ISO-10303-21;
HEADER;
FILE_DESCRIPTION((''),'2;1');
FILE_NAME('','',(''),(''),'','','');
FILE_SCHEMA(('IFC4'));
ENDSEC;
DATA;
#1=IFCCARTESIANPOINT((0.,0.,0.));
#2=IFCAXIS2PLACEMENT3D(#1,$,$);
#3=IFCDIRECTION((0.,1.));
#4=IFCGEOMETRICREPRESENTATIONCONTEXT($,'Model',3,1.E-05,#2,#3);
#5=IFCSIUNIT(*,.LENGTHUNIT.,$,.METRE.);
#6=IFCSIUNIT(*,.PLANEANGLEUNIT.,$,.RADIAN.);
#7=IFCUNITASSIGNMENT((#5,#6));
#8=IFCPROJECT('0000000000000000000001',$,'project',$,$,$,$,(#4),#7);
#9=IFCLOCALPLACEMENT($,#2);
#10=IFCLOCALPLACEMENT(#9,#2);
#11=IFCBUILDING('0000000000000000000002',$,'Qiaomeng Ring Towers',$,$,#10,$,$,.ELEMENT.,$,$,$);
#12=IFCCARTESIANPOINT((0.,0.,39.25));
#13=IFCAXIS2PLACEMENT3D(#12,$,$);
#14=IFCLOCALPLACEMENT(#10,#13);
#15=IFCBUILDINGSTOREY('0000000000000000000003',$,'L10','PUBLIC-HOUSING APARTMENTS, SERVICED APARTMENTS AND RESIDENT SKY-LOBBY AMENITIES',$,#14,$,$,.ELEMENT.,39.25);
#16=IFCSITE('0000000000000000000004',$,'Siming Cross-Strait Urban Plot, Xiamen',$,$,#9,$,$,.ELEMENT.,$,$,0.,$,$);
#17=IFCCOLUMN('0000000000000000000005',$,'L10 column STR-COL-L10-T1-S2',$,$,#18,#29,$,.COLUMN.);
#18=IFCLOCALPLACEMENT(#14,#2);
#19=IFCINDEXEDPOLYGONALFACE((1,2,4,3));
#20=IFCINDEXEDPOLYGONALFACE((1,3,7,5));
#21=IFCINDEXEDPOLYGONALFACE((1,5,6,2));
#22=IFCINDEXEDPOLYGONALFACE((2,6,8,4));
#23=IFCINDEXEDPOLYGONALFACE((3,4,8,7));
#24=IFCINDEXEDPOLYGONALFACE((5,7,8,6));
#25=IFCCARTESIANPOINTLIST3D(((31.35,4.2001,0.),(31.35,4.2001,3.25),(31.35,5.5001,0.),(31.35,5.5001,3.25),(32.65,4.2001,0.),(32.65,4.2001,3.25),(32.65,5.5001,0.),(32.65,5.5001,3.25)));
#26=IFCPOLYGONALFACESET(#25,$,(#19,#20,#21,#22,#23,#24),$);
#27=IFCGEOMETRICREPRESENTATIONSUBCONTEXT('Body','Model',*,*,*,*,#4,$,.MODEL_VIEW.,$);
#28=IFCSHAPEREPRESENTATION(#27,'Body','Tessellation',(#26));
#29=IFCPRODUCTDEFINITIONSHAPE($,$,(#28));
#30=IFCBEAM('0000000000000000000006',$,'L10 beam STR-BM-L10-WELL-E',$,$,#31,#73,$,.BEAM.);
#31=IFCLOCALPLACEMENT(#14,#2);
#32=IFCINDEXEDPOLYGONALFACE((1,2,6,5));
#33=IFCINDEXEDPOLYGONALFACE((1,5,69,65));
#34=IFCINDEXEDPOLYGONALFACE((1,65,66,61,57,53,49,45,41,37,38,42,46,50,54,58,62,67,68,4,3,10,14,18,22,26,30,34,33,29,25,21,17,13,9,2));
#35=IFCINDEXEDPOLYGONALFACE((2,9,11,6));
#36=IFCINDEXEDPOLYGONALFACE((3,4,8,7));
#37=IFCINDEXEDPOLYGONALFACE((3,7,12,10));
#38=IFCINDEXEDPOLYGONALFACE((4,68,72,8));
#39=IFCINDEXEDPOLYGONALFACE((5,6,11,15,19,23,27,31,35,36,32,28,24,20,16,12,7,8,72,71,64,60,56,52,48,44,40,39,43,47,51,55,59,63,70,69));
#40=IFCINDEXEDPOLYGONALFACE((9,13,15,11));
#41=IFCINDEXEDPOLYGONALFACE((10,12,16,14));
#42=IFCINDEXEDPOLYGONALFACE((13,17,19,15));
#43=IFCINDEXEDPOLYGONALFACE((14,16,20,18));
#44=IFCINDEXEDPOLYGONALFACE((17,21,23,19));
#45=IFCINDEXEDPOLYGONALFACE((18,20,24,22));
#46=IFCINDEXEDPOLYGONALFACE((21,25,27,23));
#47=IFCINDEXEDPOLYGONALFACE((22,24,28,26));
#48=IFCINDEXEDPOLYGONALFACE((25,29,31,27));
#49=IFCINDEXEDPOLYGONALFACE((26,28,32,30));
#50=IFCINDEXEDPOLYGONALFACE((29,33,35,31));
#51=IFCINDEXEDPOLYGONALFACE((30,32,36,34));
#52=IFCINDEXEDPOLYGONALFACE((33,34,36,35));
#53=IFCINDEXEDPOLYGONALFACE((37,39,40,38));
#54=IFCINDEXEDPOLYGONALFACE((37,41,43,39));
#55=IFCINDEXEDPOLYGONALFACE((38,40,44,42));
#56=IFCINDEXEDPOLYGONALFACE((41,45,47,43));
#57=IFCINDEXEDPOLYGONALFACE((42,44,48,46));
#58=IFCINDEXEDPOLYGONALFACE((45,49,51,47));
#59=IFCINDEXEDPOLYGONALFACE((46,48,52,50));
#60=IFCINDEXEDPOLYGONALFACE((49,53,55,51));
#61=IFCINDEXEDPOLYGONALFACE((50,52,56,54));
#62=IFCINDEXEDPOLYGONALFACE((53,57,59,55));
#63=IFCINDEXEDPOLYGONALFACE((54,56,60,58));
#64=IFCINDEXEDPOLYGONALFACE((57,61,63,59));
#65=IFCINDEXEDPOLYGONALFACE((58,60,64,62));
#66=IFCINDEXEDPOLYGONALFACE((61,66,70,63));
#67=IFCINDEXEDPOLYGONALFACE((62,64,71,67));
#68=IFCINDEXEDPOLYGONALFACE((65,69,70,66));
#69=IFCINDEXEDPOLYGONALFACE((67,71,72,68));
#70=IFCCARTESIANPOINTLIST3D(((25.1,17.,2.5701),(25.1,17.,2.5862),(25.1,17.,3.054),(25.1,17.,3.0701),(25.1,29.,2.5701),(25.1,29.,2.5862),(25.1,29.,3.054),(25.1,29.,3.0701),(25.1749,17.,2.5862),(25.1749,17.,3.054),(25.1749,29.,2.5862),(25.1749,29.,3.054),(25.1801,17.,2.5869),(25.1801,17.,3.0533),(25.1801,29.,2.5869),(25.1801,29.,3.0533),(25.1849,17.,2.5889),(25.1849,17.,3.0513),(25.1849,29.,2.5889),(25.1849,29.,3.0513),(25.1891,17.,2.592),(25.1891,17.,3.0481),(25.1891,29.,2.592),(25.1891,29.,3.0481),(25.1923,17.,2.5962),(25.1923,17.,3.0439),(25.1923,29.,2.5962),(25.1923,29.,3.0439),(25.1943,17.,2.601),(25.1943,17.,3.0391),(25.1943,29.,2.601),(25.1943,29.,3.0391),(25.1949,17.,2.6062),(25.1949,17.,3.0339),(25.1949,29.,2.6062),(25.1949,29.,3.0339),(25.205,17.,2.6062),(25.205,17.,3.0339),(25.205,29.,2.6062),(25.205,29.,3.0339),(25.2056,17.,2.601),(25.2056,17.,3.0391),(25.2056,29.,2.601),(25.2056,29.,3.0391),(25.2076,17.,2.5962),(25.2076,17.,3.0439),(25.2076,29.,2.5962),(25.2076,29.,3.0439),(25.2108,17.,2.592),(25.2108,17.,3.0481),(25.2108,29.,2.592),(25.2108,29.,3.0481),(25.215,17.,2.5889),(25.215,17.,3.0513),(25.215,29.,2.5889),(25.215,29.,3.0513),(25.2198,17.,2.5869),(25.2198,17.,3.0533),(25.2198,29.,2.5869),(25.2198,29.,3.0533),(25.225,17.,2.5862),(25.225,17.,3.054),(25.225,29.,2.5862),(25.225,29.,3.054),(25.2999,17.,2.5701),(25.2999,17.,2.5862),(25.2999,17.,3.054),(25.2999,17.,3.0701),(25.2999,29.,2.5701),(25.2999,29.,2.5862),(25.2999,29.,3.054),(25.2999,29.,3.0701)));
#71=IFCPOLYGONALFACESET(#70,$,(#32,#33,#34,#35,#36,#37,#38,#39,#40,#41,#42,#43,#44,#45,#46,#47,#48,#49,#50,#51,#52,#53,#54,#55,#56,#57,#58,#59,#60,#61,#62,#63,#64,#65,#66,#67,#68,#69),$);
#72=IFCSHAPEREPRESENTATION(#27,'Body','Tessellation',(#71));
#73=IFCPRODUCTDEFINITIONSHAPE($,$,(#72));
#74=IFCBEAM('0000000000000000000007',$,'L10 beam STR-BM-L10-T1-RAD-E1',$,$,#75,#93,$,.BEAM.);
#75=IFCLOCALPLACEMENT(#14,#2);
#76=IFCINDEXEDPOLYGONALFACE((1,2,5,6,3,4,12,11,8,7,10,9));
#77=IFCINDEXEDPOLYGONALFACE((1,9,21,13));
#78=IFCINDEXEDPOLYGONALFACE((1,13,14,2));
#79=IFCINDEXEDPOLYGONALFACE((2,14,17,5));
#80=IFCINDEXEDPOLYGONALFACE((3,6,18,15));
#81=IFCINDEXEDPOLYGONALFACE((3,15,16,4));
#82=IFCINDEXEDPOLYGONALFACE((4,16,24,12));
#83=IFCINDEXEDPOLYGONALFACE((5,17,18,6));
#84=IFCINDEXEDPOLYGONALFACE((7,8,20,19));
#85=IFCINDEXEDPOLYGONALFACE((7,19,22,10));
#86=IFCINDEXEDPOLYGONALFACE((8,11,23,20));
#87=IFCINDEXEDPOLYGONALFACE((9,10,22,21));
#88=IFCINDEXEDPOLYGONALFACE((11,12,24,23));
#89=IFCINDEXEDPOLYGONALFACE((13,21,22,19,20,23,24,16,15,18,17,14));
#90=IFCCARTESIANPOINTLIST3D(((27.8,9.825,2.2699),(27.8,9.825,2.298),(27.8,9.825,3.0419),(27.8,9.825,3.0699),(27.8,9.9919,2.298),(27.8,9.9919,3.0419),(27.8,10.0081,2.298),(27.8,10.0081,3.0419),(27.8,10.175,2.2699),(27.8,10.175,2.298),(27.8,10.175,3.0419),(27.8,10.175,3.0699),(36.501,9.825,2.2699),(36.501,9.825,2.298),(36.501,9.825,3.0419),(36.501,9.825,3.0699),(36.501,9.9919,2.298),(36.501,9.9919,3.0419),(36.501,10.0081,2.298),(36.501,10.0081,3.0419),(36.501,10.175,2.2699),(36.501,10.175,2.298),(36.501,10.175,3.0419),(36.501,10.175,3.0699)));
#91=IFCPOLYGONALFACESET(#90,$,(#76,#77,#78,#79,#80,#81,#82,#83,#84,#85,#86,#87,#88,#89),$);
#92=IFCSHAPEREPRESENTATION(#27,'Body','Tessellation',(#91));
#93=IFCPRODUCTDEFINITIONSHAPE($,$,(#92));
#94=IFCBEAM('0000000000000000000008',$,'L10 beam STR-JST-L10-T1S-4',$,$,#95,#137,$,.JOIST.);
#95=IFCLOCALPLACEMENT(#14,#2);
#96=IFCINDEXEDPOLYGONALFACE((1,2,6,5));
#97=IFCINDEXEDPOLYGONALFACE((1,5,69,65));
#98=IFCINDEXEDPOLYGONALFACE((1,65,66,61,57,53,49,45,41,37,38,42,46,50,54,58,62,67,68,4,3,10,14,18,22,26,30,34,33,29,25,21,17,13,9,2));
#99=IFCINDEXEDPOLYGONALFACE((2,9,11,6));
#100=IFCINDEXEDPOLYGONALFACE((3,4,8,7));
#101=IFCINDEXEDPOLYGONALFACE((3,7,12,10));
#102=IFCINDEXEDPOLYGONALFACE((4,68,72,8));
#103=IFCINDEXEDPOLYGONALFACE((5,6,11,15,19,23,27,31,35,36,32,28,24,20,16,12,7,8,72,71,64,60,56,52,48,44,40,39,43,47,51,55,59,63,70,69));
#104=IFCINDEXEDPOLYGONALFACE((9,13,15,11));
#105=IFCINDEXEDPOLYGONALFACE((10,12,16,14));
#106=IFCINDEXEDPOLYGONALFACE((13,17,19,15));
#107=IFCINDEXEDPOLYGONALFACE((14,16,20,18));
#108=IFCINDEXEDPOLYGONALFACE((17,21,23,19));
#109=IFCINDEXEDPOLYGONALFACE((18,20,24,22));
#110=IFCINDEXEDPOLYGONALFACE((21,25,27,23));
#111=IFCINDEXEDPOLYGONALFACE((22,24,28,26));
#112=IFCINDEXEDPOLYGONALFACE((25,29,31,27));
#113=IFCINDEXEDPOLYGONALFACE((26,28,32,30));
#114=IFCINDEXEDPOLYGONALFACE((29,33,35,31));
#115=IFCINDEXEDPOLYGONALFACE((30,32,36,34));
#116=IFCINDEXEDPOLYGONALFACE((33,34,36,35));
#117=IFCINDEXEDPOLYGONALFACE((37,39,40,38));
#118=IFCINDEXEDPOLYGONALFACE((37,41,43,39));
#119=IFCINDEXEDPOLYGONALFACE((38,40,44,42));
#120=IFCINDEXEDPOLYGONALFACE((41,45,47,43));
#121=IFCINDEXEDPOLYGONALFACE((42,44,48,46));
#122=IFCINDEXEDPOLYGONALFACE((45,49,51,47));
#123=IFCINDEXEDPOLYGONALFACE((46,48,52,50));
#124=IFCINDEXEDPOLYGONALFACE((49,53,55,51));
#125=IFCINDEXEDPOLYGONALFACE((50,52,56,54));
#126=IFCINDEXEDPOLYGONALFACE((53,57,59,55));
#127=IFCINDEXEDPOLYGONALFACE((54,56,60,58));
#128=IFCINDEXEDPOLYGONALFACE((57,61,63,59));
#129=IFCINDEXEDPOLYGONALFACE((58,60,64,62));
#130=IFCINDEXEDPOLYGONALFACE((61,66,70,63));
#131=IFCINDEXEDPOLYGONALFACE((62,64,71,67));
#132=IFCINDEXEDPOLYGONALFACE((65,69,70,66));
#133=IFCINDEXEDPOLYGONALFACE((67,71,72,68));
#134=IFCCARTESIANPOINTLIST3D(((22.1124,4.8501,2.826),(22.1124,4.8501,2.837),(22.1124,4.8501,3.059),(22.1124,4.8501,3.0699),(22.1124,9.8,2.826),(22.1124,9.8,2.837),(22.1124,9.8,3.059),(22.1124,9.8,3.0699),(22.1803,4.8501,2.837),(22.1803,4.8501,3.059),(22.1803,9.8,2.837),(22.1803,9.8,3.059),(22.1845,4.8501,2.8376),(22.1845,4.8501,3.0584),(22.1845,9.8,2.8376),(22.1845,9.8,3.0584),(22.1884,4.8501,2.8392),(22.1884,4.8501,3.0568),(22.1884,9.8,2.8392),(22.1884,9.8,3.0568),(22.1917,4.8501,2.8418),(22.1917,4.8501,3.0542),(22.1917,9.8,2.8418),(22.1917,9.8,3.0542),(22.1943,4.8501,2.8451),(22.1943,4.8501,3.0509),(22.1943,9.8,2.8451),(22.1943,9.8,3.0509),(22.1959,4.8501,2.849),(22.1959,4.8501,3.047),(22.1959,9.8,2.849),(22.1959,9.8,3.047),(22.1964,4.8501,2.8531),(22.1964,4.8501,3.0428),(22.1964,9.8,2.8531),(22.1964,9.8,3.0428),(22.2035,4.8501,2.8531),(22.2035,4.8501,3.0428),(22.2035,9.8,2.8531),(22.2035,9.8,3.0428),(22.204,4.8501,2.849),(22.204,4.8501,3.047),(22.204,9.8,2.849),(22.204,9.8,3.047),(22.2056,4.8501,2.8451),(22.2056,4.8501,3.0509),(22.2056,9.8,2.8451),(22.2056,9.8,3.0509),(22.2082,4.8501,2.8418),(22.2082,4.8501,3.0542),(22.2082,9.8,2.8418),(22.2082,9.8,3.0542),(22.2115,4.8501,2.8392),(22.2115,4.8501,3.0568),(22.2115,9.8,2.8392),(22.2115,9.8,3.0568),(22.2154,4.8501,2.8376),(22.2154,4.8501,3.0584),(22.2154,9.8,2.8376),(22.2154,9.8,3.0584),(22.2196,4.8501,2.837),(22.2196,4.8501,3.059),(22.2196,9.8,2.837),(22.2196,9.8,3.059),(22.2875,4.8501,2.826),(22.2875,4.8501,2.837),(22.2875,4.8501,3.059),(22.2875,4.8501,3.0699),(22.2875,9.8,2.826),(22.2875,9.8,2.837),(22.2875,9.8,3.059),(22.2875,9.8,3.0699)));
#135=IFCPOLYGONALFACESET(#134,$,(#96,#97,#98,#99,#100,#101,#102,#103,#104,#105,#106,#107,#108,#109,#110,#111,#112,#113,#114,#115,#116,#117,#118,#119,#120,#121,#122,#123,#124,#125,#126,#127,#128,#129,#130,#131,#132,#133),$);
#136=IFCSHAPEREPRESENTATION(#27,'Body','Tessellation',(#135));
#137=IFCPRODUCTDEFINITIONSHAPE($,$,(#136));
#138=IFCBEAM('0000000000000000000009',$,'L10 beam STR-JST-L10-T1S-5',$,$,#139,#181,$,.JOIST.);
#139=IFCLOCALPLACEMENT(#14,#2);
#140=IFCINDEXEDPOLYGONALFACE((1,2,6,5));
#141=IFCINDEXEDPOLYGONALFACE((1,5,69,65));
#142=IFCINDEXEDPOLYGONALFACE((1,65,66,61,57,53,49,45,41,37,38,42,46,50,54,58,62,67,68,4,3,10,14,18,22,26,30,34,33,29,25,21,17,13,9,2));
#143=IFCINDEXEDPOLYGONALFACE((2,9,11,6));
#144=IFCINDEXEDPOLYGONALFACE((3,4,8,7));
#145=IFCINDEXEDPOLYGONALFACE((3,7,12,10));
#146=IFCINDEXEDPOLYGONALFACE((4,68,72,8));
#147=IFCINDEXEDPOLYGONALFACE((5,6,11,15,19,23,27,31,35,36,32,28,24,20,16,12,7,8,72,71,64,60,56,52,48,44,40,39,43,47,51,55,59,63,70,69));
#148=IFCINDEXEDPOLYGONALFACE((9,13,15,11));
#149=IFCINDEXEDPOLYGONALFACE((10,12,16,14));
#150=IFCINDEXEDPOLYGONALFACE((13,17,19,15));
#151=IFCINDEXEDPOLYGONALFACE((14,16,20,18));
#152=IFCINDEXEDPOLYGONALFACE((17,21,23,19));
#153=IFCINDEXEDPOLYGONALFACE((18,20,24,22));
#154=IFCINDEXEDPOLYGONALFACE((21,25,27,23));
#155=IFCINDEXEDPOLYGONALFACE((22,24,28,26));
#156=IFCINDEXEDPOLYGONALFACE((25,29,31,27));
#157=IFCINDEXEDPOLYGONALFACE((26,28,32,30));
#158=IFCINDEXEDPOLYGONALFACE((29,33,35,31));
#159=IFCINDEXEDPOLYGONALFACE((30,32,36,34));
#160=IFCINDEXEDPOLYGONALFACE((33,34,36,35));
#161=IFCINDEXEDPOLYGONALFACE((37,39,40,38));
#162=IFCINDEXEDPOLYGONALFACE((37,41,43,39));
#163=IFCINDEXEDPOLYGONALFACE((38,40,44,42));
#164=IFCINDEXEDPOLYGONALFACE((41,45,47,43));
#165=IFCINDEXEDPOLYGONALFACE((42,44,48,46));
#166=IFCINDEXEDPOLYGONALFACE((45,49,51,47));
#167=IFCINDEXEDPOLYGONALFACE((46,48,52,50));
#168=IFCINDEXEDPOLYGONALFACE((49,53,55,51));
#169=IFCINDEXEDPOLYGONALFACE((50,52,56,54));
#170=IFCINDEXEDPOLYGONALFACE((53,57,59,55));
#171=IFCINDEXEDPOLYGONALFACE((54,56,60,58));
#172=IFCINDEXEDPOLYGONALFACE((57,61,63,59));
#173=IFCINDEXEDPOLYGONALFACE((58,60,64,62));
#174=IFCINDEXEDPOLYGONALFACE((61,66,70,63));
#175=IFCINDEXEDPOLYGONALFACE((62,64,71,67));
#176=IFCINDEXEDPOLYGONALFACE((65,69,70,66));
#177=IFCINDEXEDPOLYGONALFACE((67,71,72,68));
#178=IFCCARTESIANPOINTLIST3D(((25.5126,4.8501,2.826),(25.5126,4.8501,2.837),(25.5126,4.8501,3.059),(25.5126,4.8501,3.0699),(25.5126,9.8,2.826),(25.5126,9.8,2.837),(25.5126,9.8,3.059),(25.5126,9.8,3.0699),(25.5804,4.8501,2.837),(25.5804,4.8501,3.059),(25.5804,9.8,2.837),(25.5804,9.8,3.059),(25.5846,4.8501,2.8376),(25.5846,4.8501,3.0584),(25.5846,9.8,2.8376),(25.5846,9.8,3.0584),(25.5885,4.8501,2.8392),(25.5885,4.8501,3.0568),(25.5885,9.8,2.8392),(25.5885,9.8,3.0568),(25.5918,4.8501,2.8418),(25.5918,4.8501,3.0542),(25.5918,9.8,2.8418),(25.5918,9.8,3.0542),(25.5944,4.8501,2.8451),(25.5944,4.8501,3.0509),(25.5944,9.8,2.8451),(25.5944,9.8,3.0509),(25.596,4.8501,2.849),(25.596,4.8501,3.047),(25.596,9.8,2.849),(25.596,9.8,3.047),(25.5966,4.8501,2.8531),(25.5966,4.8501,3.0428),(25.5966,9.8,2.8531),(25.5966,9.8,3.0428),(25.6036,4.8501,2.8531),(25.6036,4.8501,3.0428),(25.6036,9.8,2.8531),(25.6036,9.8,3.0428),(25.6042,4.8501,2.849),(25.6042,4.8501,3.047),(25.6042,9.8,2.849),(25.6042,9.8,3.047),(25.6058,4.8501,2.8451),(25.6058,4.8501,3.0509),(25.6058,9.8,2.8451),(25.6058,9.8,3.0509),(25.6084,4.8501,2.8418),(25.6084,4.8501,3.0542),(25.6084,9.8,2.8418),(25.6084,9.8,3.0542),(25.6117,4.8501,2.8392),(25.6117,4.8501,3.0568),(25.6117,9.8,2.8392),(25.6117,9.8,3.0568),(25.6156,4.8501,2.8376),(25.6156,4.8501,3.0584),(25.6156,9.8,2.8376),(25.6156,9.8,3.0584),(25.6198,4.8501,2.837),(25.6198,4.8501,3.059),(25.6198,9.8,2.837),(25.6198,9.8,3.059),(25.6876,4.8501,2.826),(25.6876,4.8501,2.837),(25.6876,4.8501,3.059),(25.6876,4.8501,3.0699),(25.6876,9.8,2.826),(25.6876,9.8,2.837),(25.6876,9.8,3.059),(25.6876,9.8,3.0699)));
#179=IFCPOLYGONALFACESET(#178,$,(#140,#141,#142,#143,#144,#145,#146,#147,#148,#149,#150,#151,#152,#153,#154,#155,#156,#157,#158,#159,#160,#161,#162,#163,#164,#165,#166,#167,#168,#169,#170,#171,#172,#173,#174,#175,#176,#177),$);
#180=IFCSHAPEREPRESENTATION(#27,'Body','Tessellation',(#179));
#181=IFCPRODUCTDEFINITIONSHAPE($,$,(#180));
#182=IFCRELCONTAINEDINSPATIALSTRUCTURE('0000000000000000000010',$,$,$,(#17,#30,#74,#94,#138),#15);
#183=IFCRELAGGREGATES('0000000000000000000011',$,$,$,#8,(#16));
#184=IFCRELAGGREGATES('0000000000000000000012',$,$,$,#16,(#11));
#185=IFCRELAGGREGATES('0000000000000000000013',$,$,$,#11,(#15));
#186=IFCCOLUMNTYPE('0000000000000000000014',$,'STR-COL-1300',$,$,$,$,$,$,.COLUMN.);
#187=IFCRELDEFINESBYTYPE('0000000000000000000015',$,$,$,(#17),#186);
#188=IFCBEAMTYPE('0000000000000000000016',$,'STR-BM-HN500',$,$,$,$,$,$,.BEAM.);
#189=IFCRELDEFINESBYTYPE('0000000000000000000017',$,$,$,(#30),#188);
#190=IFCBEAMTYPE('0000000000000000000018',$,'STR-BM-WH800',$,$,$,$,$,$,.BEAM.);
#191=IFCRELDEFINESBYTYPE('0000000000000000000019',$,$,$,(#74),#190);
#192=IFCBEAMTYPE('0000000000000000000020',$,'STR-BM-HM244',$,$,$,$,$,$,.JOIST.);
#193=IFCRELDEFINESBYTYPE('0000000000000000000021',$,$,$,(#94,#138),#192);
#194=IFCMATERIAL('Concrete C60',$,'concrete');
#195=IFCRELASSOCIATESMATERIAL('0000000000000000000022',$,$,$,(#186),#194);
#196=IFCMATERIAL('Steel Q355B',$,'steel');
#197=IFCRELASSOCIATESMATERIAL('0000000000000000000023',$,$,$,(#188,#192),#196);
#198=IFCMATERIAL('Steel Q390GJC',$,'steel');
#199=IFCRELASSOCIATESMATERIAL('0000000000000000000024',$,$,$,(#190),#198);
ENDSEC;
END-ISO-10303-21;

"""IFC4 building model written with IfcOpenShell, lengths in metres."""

from ifc_helpers import new_model, si_unit, direction, frame, origin, origin_2d, place, context, subcontext, project, spatial, rectangle, i_section, extrude, source, transform, mapped, material, material_profile, profile_set, type_object, element, save


model = new_model("IFC4")

# Units and contexts
model_context = context("Model", 3, precision=1e-05, world=origin(), true_north=direction((0.0, 1.0)))
body_context = subcontext(model_context, "Body", "Model", "MODEL_VIEW")
ifc_project = project(units=[si_unit("LENGTHUNIT", "METRE"), si_unit("PLANEANGLEUNIT", "RADIAN")], contexts=[model_context])

# Site, building, storey
site_placement = place(None, origin())
site = spatial("IfcSite", under=ifc_project, at=site_placement, Name="Siming Cross-Strait Urban Plot, Xiamen", CompositionType="ELEMENT", RefElevation=0.0)
building_placement = place(site_placement, origin())
building = spatial("IfcBuilding", under=site, at=building_placement, Name="Qiaomeng Ring Towers", CompositionType="ELEMENT")
storey_placement = place(building_placement, frame((0.0, 0.0, 39.25)))
storey = spatial("IfcBuildingStorey", under=building, at=storey_placement, Name="L10", Description="PUBLIC-HOUSING APARTMENTS, SERVICED APARTMENTS AND RESIDENT SKY-LOBBY AMENITIES", CompositionType="ELEMENT", Elevation=39.25)

# Column
ifc_material_1 = material(Name="Concrete C60", Category="concrete")
ifc_material_profile_1 = material_profile(ifc_material_1, rectangle(XDim=1.3, YDim=1.3, at=origin_2d()), Name="RC COL 1300x1300")
ifc_profile_set_1 = profile_set([ifc_material_profile_1], Name="Concrete C60")
column_type = type_object("IfcColumnType", Name="STR-COL-1300", PredefinedType="COLUMN", material=ifc_profile_set_1)
shared_shape_1 = source(origin(), body_context, "Body", "SweptSolid", [
    extrude(rectangle(XDim=1.3, YDim=1.3, at=origin_2d()), origin(), (0.0, 0.0, 1.0), 3.25),
])
column_placement = place(storey_placement, frame((32.0, 4.8501, 0.0), z_axis=(0.0, 0.0, 1.0), x_axis=(1.0, 0.0, 0.0)))
element("IfcColumn", 1, at=column_placement, inside=storey, type_object=column_type, Name="L10 column STR-COL-L10-T1-S2", PredefinedType="COLUMN", context=body_context, shape_type="MappedRepresentation", body=[
    mapped(shared_shape_1, transform((0.0, 0.0, 0.0), x_axis=(1.0, 0.0, 0.0), y_axis=(0.0, 1.0, 0.0), z_axis=(0.0, 0.0, 1.0), scale=1.0)),
])

# Beams
ifc_material_2 = material(Name="Steel Q355B", Category="steel")
ifc_material_profile_2 = material_profile(ifc_material_2, i_section(OverallWidth=0.2, OverallDepth=0.5, WebThickness=0.01, FlangeThickness=0.0161, FilletRadius=0.02, at=origin_2d()), Name="HN 500x200x10x16")
ifc_profile_set_2 = profile_set([ifc_material_profile_2], Name="Steel Q355B")
beam_type_1 = type_object("IfcBeamType", Name="STR-BM-HN500", PredefinedType="BEAM", material=ifc_profile_set_2)
shared_shape_2 = source(origin(), body_context, "Body", "SweptSolid", [
    extrude(i_section(OverallWidth=0.2, OverallDepth=0.5, WebThickness=0.01, FlangeThickness=0.0161, FilletRadius=0.02, at=origin_2d()), origin(), (0.0, 0.0, 1.0), 12.0),
])
beam_1_placement = place(storey_placement, frame((25.2, 17.0, 2.8201), z_axis=(0.0, 1.0, 0.0), x_axis=(-1.0, 0.0, 0.0)))
element("IfcBeam", 2, at=beam_1_placement, inside=storey, type_object=beam_type_1, Name="L10 beam STR-BM-L10-WELL-E", PredefinedType="BEAM", context=body_context, shape_type="MappedRepresentation", body=[
    mapped(shared_shape_2, transform((0.0, 0.0, 0.0), x_axis=(1.0, 0.0, 0.0), y_axis=(0.0, 1.0, 0.0), z_axis=(0.0, 0.0, 1.0), scale=1.0)),
])
ifc_material_3 = material(Name="Steel Q390GJC", Category="steel")
ifc_material_profile_3 = material_profile(ifc_material_3, i_section(OverallWidth=0.3501, OverallDepth=0.8, WebThickness=0.0161, FlangeThickness=0.0281, at=origin_2d()), Name="WH 800x350x16x28")
ifc_profile_set_3 = profile_set([ifc_material_profile_3], Name="Steel Q390GJC")
beam_type_2 = type_object("IfcBeamType", Name="STR-BM-WH800", PredefinedType="BEAM", material=ifc_profile_set_3)
shared_shape_3 = source(origin(), body_context, "Body", "SweptSolid", [
    extrude(i_section(OverallWidth=0.3501, OverallDepth=0.8, WebThickness=0.0161, FlangeThickness=0.0281, at=origin_2d()), origin(), (0.0, 0.0, 1.0), 8.7009),
])
beam_2_placement = place(storey_placement, frame((27.8, 10.0, 2.6699), z_axis=(1.0, 0.0, 0.0), x_axis=(0.0, 1.0, 0.0)))
element("IfcBeam", 3, at=beam_2_placement, inside=storey, type_object=beam_type_2, Name="L10 beam STR-BM-L10-T1-RAD-E1", PredefinedType="BEAM", context=body_context, shape_type="MappedRepresentation", body=[
    mapped(shared_shape_3, transform((0.0, 0.0, 0.0), x_axis=(1.0, 0.0, 0.0), y_axis=(0.0, 1.0, 0.0), z_axis=(0.0, 0.0, 1.0), scale=1.0)),
])
ifc_material_profile_4 = material_profile(ifc_material_2, i_section(OverallWidth=0.175, OverallDepth=0.2439, WebThickness=0.0071, FlangeThickness=0.011, FilletRadius=0.0161, at=origin_2d()), Name="HM 244x175x7x11")
ifc_profile_set_4 = profile_set([ifc_material_profile_4], Name="Steel Q355B")
beam_type_3 = type_object("IfcBeamType", Name="STR-BM-HM244", PredefinedType="JOIST", material=ifc_profile_set_4)
shared_shape_4 = source(origin(), body_context, "Body", "SweptSolid", [
    extrude(i_section(OverallWidth=0.175, OverallDepth=0.2439, WebThickness=0.0071, FlangeThickness=0.011, FilletRadius=0.0161, at=origin_2d()), origin(), (0.0, 0.0, 1.0), 4.95),
])
for number, where, z_axis, x_axis, name in (
    (4, (22.2, 4.8501, 2.948), (0.0, 1.0, 0.0), (-1.0, 0.0, 0.0), "L10 beam STR-JST-L10-T1S-4"),
    (5, (25.6001, 4.8501, 2.948), (0.0, 1.0, 0.0), (-1.0, 0.0, 0.0), "L10 beam STR-JST-L10-T1S-5"),
):
    element("IfcBeam", number, at=place(storey_placement, frame(where, z_axis=z_axis, x_axis=x_axis)), inside=storey, type_object=beam_type_3, Name=name, PredefinedType="JOIST", context=body_context, shape_type="MappedRepresentation", body=[
        mapped(shared_shape_4, transform((0.0, 0.0, 0.0), x_axis=(1.0, 0.0, 0.0), y_axis=(0.0, 1.0, 0.0), z_axis=(0.0, 0.0, 1.0), scale=1.0)),
    ])

save(model, "model.ifc")
